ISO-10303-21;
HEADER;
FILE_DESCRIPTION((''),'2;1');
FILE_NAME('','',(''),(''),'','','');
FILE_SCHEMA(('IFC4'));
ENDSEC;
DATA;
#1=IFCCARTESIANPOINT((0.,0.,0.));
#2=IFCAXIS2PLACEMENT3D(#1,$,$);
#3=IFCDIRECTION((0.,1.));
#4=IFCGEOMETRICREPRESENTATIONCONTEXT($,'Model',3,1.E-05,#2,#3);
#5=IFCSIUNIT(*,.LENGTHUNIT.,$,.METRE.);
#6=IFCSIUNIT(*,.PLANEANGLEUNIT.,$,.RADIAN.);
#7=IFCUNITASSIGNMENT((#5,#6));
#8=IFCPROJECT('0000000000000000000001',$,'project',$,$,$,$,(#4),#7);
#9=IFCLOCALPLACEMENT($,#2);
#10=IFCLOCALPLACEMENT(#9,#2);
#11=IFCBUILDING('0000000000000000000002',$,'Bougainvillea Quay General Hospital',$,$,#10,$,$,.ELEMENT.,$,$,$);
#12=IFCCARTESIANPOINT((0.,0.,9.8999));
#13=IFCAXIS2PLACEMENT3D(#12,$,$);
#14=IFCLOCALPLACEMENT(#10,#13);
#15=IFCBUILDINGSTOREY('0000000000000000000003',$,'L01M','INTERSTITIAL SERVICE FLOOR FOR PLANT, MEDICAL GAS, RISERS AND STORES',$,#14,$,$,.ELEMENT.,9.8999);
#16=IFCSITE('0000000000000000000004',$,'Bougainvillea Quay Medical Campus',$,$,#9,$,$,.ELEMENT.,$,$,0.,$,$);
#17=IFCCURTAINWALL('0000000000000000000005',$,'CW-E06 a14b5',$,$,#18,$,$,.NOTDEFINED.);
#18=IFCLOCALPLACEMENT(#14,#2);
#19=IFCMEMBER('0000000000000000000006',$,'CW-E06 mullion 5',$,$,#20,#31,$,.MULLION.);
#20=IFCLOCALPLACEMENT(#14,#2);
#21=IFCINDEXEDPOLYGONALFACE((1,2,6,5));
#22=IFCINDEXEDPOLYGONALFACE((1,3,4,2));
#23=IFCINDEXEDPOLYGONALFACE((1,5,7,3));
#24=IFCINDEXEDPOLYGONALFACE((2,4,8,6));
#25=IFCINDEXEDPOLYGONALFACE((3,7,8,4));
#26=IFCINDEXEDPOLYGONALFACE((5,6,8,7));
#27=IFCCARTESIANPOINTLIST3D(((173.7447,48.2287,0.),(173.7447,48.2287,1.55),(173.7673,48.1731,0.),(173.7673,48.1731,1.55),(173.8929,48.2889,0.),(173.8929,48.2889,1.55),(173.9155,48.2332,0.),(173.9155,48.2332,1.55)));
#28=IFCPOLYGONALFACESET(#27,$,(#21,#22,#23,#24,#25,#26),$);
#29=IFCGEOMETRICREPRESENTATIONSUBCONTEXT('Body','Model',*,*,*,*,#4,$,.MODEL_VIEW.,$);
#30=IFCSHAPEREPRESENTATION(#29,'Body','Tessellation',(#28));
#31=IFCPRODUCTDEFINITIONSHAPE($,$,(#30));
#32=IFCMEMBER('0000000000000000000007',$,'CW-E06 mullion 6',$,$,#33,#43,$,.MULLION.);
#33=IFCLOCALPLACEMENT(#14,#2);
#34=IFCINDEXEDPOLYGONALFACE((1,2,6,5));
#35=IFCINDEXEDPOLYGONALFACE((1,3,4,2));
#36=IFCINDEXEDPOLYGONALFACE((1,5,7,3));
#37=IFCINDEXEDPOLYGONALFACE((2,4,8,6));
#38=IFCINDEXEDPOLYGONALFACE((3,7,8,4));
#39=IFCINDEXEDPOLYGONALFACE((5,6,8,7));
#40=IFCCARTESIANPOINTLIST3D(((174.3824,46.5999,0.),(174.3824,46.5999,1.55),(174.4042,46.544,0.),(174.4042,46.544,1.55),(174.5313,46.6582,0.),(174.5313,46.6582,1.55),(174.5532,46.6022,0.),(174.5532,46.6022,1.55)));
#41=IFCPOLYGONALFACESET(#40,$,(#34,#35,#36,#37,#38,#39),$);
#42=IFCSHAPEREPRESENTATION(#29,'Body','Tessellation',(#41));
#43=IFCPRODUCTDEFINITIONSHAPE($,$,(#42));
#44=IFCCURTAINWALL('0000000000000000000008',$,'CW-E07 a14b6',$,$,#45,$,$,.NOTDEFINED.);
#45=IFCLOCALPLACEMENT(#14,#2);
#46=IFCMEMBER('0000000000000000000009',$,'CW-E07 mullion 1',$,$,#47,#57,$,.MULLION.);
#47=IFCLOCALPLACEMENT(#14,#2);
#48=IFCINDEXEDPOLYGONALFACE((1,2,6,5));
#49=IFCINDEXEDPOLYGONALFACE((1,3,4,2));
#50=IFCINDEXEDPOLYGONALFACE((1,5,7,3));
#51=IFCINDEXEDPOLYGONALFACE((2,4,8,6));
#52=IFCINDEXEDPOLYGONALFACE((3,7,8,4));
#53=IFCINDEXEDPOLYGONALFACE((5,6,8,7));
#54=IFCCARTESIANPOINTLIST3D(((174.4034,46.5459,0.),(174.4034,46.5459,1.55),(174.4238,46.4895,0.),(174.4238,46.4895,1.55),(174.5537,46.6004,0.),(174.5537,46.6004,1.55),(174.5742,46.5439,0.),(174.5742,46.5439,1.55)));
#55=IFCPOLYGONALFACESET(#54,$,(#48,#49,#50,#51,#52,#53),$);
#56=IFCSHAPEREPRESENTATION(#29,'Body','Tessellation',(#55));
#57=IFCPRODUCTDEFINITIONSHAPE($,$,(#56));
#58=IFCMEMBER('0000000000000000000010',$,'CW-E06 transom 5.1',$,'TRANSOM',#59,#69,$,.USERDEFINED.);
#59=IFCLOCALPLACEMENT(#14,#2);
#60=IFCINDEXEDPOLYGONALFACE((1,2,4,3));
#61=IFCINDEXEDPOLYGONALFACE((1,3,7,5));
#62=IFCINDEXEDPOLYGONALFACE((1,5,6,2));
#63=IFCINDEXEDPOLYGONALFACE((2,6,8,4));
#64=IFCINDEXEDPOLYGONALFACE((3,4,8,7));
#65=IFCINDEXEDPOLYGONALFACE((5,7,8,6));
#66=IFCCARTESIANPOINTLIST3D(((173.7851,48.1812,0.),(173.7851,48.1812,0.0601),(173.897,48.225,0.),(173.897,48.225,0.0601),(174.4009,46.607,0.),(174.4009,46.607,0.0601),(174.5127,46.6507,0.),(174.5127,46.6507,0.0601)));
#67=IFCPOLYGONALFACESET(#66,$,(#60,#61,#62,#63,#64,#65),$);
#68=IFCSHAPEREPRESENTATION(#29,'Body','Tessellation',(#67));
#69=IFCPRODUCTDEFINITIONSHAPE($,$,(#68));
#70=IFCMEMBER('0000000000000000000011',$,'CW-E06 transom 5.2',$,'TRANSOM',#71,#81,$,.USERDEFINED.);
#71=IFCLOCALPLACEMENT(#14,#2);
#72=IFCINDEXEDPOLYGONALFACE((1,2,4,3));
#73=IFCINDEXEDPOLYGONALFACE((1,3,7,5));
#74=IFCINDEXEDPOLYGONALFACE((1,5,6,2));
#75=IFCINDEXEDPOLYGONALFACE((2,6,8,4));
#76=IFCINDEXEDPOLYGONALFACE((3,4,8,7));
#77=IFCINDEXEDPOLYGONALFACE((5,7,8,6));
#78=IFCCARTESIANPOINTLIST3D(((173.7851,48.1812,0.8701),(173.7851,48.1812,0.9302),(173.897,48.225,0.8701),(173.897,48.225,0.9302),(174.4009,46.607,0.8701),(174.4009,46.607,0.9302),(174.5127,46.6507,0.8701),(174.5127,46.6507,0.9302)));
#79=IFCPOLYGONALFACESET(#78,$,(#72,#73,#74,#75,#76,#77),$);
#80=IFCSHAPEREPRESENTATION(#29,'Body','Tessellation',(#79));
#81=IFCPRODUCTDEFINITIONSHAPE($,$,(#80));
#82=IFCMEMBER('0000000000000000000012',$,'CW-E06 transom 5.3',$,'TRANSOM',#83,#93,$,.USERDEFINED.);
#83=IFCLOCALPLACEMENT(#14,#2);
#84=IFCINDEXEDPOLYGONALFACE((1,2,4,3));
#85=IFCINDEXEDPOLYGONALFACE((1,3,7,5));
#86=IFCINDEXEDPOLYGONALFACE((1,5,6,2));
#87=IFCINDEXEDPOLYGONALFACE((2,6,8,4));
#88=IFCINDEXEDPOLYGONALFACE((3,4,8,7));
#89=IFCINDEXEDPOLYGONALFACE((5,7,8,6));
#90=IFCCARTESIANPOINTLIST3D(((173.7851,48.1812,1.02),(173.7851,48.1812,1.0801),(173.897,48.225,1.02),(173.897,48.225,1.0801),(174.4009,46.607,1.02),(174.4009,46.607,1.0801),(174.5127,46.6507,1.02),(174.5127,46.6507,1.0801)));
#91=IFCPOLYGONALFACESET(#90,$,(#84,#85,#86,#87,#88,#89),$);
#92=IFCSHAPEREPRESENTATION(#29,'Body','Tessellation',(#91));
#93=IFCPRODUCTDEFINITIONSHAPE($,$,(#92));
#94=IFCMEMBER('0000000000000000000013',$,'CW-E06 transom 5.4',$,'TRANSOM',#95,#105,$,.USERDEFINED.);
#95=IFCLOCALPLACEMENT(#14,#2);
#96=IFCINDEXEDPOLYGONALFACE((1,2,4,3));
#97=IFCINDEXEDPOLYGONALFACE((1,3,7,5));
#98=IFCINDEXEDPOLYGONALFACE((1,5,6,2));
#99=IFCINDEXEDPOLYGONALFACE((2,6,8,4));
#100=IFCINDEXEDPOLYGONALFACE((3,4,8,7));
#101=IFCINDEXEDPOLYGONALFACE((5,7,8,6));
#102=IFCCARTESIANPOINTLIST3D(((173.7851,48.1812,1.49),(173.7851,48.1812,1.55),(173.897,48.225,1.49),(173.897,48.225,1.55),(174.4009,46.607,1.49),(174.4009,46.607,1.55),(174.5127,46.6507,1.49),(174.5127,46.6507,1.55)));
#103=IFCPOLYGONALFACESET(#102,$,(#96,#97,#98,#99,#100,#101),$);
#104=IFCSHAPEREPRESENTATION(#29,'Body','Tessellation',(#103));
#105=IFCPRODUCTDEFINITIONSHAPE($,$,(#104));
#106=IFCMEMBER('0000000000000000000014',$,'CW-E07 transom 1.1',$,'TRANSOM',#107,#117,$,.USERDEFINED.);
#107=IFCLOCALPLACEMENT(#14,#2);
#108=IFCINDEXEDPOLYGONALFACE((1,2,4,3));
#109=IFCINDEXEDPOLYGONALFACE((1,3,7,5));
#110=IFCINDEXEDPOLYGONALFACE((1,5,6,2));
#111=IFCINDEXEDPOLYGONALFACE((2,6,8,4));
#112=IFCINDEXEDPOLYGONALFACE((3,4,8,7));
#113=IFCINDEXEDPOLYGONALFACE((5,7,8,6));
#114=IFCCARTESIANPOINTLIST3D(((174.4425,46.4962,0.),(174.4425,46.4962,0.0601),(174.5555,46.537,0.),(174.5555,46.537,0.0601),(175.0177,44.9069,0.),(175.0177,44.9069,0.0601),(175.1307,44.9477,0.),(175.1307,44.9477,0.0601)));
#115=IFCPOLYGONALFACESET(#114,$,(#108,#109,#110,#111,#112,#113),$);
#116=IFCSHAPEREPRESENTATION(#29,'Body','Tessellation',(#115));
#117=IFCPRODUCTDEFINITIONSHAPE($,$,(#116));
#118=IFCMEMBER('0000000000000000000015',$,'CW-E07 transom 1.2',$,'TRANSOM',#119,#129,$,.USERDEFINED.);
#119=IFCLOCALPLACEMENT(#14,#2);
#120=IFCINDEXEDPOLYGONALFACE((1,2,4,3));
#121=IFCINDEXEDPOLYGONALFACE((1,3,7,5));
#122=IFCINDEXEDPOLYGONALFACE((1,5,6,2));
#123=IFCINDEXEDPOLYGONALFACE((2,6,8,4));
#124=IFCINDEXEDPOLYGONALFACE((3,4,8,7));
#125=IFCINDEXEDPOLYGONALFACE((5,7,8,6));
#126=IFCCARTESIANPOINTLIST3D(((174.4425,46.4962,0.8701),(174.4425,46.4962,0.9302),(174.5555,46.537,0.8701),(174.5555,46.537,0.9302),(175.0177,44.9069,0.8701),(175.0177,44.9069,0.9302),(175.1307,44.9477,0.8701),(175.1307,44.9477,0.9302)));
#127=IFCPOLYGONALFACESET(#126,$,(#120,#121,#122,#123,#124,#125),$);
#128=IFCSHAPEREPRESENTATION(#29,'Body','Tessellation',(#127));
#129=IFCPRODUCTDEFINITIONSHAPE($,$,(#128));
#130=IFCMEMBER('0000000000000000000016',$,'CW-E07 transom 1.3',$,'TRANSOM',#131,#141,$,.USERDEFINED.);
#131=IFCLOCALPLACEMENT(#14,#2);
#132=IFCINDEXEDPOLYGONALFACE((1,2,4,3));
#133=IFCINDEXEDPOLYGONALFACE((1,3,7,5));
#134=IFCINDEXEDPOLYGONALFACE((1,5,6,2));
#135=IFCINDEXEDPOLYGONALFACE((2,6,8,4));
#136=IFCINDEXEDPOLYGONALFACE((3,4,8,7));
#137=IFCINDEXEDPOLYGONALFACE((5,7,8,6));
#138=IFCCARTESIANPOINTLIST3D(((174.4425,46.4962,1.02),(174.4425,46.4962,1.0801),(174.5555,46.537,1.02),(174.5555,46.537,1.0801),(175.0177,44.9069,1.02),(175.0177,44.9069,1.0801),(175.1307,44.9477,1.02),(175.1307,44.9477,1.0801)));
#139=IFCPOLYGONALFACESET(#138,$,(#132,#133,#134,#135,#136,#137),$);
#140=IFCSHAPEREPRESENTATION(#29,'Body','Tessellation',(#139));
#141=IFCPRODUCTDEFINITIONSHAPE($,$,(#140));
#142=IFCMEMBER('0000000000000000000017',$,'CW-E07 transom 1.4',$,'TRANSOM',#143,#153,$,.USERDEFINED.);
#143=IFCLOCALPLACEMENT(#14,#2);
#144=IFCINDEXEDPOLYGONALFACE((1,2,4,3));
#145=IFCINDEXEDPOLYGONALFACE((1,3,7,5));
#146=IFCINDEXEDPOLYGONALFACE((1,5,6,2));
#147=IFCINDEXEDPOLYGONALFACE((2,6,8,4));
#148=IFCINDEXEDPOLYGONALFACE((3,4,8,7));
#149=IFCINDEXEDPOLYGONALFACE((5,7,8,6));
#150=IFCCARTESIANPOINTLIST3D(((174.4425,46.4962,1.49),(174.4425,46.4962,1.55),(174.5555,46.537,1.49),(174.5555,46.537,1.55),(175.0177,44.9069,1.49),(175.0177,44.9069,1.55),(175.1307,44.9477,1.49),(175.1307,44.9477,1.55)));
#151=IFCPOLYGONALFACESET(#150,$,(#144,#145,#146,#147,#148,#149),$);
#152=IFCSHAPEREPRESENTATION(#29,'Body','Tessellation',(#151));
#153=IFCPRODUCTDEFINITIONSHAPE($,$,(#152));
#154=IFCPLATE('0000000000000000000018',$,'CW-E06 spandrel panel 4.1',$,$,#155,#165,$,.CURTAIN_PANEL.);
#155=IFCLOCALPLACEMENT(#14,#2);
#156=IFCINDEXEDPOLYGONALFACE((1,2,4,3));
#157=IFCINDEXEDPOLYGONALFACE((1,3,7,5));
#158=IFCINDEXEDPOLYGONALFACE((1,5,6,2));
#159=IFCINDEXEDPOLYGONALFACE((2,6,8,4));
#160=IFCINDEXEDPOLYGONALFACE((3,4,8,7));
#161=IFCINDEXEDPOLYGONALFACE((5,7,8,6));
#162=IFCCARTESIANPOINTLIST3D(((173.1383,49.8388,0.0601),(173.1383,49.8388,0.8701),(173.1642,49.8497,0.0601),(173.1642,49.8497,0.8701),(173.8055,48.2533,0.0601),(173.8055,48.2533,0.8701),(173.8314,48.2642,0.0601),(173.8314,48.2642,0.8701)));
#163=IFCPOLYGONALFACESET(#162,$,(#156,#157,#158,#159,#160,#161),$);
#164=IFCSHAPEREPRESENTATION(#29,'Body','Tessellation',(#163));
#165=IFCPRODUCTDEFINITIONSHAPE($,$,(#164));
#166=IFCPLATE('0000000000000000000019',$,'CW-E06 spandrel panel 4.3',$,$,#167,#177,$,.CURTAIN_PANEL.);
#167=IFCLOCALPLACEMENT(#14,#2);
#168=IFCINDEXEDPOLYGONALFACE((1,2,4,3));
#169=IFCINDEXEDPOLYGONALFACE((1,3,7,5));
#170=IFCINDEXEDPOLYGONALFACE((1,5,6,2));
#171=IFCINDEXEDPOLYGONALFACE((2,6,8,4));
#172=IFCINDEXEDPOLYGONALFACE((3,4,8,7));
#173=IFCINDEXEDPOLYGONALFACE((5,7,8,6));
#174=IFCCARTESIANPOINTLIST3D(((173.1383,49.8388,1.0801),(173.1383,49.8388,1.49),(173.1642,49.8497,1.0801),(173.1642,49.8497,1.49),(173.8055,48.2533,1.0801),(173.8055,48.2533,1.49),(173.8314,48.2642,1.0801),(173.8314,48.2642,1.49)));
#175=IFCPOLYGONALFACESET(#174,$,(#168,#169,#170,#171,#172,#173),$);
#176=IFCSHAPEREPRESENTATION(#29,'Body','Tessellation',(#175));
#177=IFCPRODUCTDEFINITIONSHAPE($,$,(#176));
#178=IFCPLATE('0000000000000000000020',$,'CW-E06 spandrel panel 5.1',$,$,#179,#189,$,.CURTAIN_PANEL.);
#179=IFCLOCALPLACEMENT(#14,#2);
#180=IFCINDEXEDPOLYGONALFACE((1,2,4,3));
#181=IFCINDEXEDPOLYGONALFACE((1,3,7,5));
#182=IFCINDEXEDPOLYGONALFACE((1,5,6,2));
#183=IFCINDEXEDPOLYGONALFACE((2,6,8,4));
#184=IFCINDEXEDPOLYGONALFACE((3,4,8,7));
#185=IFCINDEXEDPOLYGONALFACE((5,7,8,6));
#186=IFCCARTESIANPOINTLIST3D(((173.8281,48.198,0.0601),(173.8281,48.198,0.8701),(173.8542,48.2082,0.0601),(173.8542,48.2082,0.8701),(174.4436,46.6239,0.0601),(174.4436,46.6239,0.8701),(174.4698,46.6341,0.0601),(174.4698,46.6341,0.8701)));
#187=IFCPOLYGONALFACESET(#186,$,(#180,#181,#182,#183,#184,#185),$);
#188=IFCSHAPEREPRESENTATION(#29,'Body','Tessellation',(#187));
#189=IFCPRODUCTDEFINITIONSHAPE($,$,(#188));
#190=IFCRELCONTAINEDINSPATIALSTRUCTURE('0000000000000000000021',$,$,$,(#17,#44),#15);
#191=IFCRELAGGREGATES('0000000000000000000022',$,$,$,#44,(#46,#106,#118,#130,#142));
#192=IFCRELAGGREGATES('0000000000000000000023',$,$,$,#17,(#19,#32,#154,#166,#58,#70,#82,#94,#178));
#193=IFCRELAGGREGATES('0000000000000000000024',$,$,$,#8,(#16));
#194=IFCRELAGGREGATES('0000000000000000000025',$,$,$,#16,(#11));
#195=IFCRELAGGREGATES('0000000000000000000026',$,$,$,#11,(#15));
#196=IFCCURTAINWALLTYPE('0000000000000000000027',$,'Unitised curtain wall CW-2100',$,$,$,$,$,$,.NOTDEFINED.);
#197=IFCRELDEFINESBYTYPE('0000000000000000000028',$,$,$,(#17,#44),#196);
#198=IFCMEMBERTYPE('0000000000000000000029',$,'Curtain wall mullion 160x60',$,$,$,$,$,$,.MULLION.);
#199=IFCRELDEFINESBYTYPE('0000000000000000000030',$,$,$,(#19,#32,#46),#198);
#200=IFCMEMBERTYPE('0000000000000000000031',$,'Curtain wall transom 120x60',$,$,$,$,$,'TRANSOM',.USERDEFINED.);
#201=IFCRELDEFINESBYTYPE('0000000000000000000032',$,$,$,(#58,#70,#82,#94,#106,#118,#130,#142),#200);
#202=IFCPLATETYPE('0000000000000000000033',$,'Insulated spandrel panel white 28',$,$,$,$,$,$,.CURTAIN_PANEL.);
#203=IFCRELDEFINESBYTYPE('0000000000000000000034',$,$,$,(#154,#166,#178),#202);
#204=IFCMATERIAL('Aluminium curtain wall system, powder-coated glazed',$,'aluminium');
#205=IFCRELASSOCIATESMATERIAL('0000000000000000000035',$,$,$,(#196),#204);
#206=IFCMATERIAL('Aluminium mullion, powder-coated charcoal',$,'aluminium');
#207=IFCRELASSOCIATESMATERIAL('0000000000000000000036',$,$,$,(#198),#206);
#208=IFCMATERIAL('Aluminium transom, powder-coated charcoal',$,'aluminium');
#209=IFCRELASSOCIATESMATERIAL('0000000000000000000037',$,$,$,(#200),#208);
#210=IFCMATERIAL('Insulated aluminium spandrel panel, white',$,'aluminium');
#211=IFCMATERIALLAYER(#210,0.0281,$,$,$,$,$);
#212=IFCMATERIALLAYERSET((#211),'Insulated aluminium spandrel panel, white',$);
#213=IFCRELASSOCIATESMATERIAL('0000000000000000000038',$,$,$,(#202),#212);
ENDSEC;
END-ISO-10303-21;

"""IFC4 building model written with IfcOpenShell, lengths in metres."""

from ifc_helpers import new_model, si_unit, direction, frame, origin, origin_2d, place, context, subcontext, project, spatial, rectangle, extrude, material, layer, layer_set, material_profile, profile_set, type_object, element, aggregate, save


model = new_model("IFC4")

# Units and contexts
model_context = context("Model", 3, precision=1e-05, world=origin(), true_north=direction((0.0, 1.0)))
body_context = subcontext(model_context, "Body", "Model", "MODEL_VIEW")
ifc_project = project(units=[si_unit("LENGTHUNIT", "METRE"), si_unit("PLANEANGLEUNIT", "RADIAN")], contexts=[model_context])

# Site, building, storey
site_placement = place(None, origin())
site = spatial("IfcSite", under=ifc_project, at=site_placement, Name="Bougainvillea Quay Medical Campus", CompositionType="ELEMENT", RefElevation=0.0)
building_placement = place(site_placement, origin())
building = spatial("IfcBuilding", under=site, at=building_placement, Name="Bougainvillea Quay General Hospital", CompositionType="ELEMENT")
storey_placement = place(building_placement, frame((0.0, 0.0, 9.8999)))
storey = spatial("IfcBuildingStorey", under=building, at=storey_placement, Name="L01M", Description="INTERSTITIAL SERVICE FLOOR FOR PLANT, MEDICAL GAS, RISERS AND STORES", CompositionType="ELEMENT", Elevation=9.8999)

# Curtain wall, members
ifc_material_1 = material(Name="Aluminium curtain wall system, powder-coated glazed", Category="aluminium")
curtain_wall_type = type_object("IfcCurtainWallType", Name="Unitised curtain wall CW-2100", PredefinedType="NOTDEFINED", material=ifc_material_1)
curtain_wall_1_placement = place(storey_placement, origin())
curtain_wall_1 = element("IfcCurtainWall", 1, at=curtain_wall_1_placement, inside=storey, type_object=curtain_wall_type, Name="CW-E06 a14b5", PredefinedType="NOTDEFINED")
ifc_material_2 = material(Name="Aluminium mullion, powder-coated charcoal", Category="aluminium")
ifc_material_profile_1 = material_profile(ifc_material_2, rectangle(XDim=0.1599, YDim=0.0601, at=origin_2d()))
ifc_profile_set_1 = profile_set([ifc_material_profile_1], Name="Aluminium mullion, powder-coated charcoal")
member_type_1 = type_object("IfcMemberType", Name="Curtain wall mullion 160x60", PredefinedType="MULLION", material=ifc_profile_set_1)
member_1_placement = place(storey_placement, frame((173.8301, 48.231, 0.0), z_axis=(0.0, 0.0, 1.0), x_axis=(0.926592, 0.376069, 0.0)))
member_1 = element("IfcMember", 2, at=member_1_placement, type_object=member_type_1, Name="CW-E06 mullion 5", PredefinedType="MULLION", context=body_context, shape_type="SweptSolid", body=[
    extrude(rectangle(XDim=0.1599, YDim=0.0601, at=origin_2d()), origin(), (0.0, 0.0, 1.0), 1.55),
])
member_2_placement = place(storey_placement, frame((174.4678, 46.6011, 0.0), z_axis=(0.0, 0.0, 1.0), x_axis=(0.931315, 0.364214, 0.0)))
member_2 = element("IfcMember", 3, at=member_2_placement, type_object=member_type_1, Name="CW-E06 mullion 6", PredefinedType="MULLION", context=body_context, shape_type="SweptSolid", body=[
    extrude(rectangle(XDim=0.1599, YDim=0.0601, at=origin_2d()), origin(), (0.0, 0.0, 1.0), 1.55),
])

# Curtain wall, member
curtain_wall_2_placement = place(storey_placement, origin())
curtain_wall_2 = element("IfcCurtainWall", 4, at=curtain_wall_2_placement, inside=storey, type_object=curtain_wall_type, Name="CW-E07 a14b6", PredefinedType="NOTDEFINED")
member_3_placement = place(storey_placement, frame((174.4888, 46.5449, 0.0), z_axis=(0.0, 0.0, 1.0), x_axis=(0.940307, 0.340327, 0.0)))
member_3 = element("IfcMember", 5, at=member_3_placement, type_object=member_type_1, Name="CW-E07 mullion 1", PredefinedType="MULLION", context=body_context, shape_type="SweptSolid", body=[
    extrude(rectangle(XDim=0.1599, YDim=0.0601, at=origin_2d()), origin(), (0.0, 0.0, 1.0), 1.55),
])

# Members
ifc_material_3 = material(Name="Aluminium transom, powder-coated charcoal", Category="aluminium")
ifc_material_profile_2 = material_profile(ifc_material_3, rectangle(XDim=0.1201, YDim=0.0601, at=origin_2d()))
ifc_profile_set_2 = profile_set([ifc_material_profile_2], Name="Aluminium transom, powder-coated charcoal")
member_type_2 = type_object("IfcMemberType", Name="Curtain wall transom 120x60", ElementType="TRANSOM", PredefinedType="USERDEFINED", material=ifc_profile_set_2)
member_4_placement = place(storey_placement, frame((173.8411, 48.2031, 0.03), z_axis=(0.364258, -0.931298, 0.0), x_axis=(0.931298, 0.364258, 0.0)))
member_4 = element("IfcMember", 6, at=member_4_placement, type_object=member_type_2, Name="CW-E06 transom 5.1", ObjectType="TRANSOM", PredefinedType="USERDEFINED", context=body_context, shape_type="SweptSolid", body=[
    extrude(rectangle(XDim=0.1201, YDim=0.0601, at=origin_2d()), origin(), (0.0, 0.0, 1.0), 1.6904),
])
member_5_placement = place(storey_placement, frame((173.8411, 48.2031, 0.9001), z_axis=(0.364258, -0.931298, 0.0), x_axis=(0.931298, 0.364258, 0.0)))
member_5 = element("IfcMember", 7, at=member_5_placement, type_object=member_type_2, Name="CW-E06 transom 5.2", ObjectType="TRANSOM", PredefinedType="USERDEFINED", context=body_context, shape_type="SweptSolid", body=[
    extrude(rectangle(XDim=0.1201, YDim=0.0601, at=origin_2d()), origin(), (0.0, 0.0, 1.0), 1.6904),
])
member_6_placement = place(storey_placement, frame((173.8411, 48.2031, 1.05), z_axis=(0.364258, -0.931298, 0.0), x_axis=(0.931298, 0.364258, 0.0)))
member_6 = element("IfcMember", 8, at=member_6_placement, type_object=member_type_2, Name="CW-E06 transom 5.3", ObjectType="TRANSOM", PredefinedType="USERDEFINED", context=body_context, shape_type="SweptSolid", body=[
    extrude(rectangle(XDim=0.1201, YDim=0.0601, at=origin_2d()), origin(), (0.0, 0.0, 1.0), 1.6904),
])
member_7_placement = place(storey_placement, frame((173.8411, 48.2031, 1.52), z_axis=(0.364258, -0.931298, 0.0), x_axis=(0.931298, 0.364258, 0.0)))
member_7 = element("IfcMember", 9, at=member_7_placement, type_object=member_type_2, Name="CW-E06 transom 5.4", ObjectType="TRANSOM", PredefinedType="USERDEFINED", context=body_context, shape_type="SweptSolid", body=[
    extrude(rectangle(XDim=0.1201, YDim=0.0601, at=origin_2d()), origin(), (0.0, 0.0, 1.0), 1.6904),
])
member_8_placement = place(storey_placement, frame((174.499, 46.5166, 0.03), z_axis=(0.340305, -0.940315, 0.0), x_axis=(0.940315, 0.340305, 0.0)))
member_8 = element("IfcMember", 10, at=member_8_placement, type_object=member_type_2, Name="CW-E07 transom 1.1", ObjectType="TRANSOM", PredefinedType="USERDEFINED", context=body_context, shape_type="SweptSolid", body=[
    extrude(rectangle(XDim=0.1201, YDim=0.0601, at=origin_2d()), origin(), (0.0, 0.0, 1.0), 1.6902),
])
member_9_placement = place(storey_placement, frame((174.499, 46.5166, 0.9001), z_axis=(0.340305, -0.940315, 0.0), x_axis=(0.940315, 0.340305, 0.0)))
member_9 = element("IfcMember", 11, at=member_9_placement, type_object=member_type_2, Name="CW-E07 transom 1.2", ObjectType="TRANSOM", PredefinedType="USERDEFINED", context=body_context, shape_type="SweptSolid", body=[
    extrude(rectangle(XDim=0.1201, YDim=0.0601, at=origin_2d()), origin(), (0.0, 0.0, 1.0), 1.6902),
])
member_10_placement = place(storey_placement, frame((174.499, 46.5166, 1.05), z_axis=(0.340305, -0.940315, 0.0), x_axis=(0.940315, 0.340305, 0.0)))
member_10 = element("IfcMember", 12, at=member_10_placement, type_object=member_type_2, Name="CW-E07 transom 1.3", ObjectType="TRANSOM", PredefinedType="USERDEFINED", context=body_context, shape_type="SweptSolid", body=[
    extrude(rectangle(XDim=0.1201, YDim=0.0601, at=origin_2d()), origin(), (0.0, 0.0, 1.0), 1.6902),
])
member_11_placement = place(storey_placement, frame((174.499, 46.5166, 1.52), z_axis=(0.340305, -0.940315, 0.0), x_axis=(0.940315, 0.340305, 0.0)))
member_11 = element("IfcMember", 13, at=member_11_placement, type_object=member_type_2, Name="CW-E07 transom 1.4", ObjectType="TRANSOM", PredefinedType="USERDEFINED", context=body_context, shape_type="SweptSolid", body=[
    extrude(rectangle(XDim=0.1201, YDim=0.0601, at=origin_2d()), origin(), (0.0, 0.0, 1.0), 1.6902),
])
aggregate(curtain_wall_2, [member_3, member_8, member_9, member_10, member_11])

# Plates
ifc_material_4 = material(Name="Insulated aluminium spandrel panel, white", Category="aluminium")
ifc_layer_1 = layer(ifc_material_4, 0.0281)
ifc_layer_set_1 = layer_set([ifc_layer_1], Name="Insulated aluminium spandrel panel, white")
plate_type_1 = type_object("IfcPlateType", Name="Insulated spandrel panel white 28", PredefinedType="CURTAIN_PANEL", material=ifc_layer_set_1)
plate_1_placement = place(storey_placement, frame((173.4849, 49.0515, 0.0601), z_axis=(0.0, 0.0, 1.0), x_axis=(0.387863, -0.921717, 0.0)))
plate_1 = element("IfcPlate", 14, at=plate_1_placement, type_object=plate_type_1, Name="CW-E06 spandrel panel 4.1", PredefinedType="CURTAIN_PANEL", context=body_context, shape_type="SweptSolid", body=[
    extrude(rectangle(XDim=1.7202, YDim=0.0281, at=origin_2d()), origin(), (0.0, 0.0, 1.0), 0.8101),
])
plate_2_placement = place(storey_placement, frame((173.4849, 49.0515, 1.0801), z_axis=(0.0, 0.0, 1.0), x_axis=(0.387863, -0.921717, 0.0)))
plate_2 = element("IfcPlate", 15, at=plate_2_placement, type_object=plate_type_1, Name="CW-E06 spandrel panel 4.3", PredefinedType="CURTAIN_PANEL", context=body_context, shape_type="SweptSolid", body=[
    extrude(rectangle(XDim=1.7202, YDim=0.0281, at=origin_2d()), origin(), (0.0, 0.0, 1.0), 0.4099),
])
plate_3_placement = place(storey_placement, frame((174.1489, 47.416, 0.0601), z_axis=(0.0, 0.0, 1.0), x_axis=(0.364214, -0.931315, 0.0)))
plate_3 = element("IfcPlate", 16, at=plate_3_placement, type_object=plate_type_1, Name="CW-E06 spandrel panel 5.1", PredefinedType="CURTAIN_PANEL", context=body_context, shape_type="SweptSolid", body=[
    extrude(rectangle(XDim=1.6902, YDim=0.0281, at=origin_2d()), origin(), (0.0, 0.0, 1.0), 0.8101),
])
aggregate(curtain_wall_1, [member_1, member_2, plate_1, plate_2, member_4, member_5, member_6, member_7, plate_3])

save(model, "model.ifc")
